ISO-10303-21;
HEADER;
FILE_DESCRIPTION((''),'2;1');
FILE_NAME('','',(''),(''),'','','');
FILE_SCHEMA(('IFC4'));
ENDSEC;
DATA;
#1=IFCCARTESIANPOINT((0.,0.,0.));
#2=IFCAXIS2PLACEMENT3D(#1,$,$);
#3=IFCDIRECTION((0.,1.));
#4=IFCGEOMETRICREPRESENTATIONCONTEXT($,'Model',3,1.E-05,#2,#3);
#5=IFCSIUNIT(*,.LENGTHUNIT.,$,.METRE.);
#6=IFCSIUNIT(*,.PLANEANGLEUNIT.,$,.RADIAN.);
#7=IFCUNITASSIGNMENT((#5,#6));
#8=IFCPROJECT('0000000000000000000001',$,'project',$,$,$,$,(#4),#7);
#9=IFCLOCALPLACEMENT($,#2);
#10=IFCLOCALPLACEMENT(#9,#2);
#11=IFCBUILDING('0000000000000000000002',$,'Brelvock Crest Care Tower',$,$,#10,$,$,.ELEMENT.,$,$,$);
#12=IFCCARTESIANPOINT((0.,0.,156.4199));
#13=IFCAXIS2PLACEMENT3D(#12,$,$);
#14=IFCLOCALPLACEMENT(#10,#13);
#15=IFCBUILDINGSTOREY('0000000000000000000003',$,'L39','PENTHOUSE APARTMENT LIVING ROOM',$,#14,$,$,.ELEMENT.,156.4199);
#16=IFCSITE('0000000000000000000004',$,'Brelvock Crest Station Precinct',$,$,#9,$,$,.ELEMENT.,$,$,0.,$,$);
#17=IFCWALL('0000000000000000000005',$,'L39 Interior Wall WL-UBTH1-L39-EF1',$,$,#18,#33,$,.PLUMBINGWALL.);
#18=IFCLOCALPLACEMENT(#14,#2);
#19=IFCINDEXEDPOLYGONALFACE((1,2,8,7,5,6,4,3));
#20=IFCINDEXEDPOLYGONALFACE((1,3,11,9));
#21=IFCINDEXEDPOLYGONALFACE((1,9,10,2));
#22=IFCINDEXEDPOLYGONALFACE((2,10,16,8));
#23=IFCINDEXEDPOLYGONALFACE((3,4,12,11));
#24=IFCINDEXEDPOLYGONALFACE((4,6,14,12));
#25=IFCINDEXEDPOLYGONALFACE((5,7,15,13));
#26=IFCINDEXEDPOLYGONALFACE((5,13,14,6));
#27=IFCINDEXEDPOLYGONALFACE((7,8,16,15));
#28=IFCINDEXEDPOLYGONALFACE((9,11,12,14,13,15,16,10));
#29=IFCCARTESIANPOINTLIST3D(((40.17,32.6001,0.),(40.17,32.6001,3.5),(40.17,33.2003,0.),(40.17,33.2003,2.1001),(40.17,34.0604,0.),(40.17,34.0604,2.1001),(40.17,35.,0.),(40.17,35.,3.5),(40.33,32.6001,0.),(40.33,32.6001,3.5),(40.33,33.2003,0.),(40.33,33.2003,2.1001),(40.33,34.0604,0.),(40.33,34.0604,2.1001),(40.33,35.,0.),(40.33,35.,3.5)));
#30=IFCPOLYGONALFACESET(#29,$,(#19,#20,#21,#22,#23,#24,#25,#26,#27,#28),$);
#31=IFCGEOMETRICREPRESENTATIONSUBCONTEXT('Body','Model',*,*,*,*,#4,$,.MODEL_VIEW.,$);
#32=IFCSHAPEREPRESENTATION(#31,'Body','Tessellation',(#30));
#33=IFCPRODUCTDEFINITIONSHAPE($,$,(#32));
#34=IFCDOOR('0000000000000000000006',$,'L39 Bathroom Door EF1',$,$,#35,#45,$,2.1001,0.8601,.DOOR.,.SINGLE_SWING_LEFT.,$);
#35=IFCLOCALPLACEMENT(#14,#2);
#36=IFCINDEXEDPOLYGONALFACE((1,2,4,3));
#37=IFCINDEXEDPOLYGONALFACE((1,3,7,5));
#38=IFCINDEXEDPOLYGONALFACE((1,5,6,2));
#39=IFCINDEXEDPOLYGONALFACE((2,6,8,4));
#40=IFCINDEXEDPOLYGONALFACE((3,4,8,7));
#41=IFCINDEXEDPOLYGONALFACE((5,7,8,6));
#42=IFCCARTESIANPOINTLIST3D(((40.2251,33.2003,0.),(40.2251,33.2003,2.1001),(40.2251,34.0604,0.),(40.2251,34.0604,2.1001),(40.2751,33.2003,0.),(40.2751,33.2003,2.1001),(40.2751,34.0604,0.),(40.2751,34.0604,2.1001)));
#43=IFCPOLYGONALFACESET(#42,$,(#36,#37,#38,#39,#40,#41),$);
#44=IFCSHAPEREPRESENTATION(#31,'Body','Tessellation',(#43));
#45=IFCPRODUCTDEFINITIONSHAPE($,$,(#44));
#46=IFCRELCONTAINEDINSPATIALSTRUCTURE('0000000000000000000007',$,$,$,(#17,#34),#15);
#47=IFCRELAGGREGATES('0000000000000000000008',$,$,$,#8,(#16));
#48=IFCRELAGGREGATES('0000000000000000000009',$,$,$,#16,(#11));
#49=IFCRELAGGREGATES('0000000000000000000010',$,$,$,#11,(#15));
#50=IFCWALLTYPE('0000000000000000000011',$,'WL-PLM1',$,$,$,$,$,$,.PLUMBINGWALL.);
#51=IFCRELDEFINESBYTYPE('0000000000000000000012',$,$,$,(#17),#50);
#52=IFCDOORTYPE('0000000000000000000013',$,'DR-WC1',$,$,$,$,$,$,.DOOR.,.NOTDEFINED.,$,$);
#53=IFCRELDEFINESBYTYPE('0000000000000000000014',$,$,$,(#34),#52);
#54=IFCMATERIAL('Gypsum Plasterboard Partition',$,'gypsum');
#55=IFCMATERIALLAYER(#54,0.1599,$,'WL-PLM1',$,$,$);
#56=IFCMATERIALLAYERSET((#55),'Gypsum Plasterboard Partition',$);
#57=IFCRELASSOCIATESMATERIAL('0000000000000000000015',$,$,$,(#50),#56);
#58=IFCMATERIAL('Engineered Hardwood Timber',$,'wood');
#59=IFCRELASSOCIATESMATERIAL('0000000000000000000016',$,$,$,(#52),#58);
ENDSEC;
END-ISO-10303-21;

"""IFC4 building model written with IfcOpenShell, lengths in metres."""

from ifc_helpers import new_model, si_unit, direction, frame, frame_2d, origin, origin_2d, place, context, subcontext, project, spatial, rectangle, extrude, source, transform, mapped, material, layer, layer_set, type_object, element, fill, save


model = new_model("IFC4")

# Units and contexts
model_context = context("Model", 3, precision=1e-05, world=origin(), true_north=direction((0.0, 1.0)))
body_context = subcontext(model_context, "Body", "Model", "MODEL_VIEW")
ifc_project = project(units=[si_unit("LENGTHUNIT", "METRE"), si_unit("PLANEANGLEUNIT", "RADIAN")], contexts=[model_context])

# Site, building, storey
site_placement = place(None, origin())
site = spatial("IfcSite", under=ifc_project, at=site_placement, Name="Brelvock Crest Station Precinct", CompositionType="ELEMENT", RefElevation=0.0)
building_placement = place(site_placement, origin())
building = spatial("IfcBuilding", under=site, at=building_placement, Name="Brelvock Crest Care Tower", CompositionType="ELEMENT")
storey_placement = place(building_placement, frame((0.0, 0.0, 156.4199)))
storey = spatial("IfcBuildingStorey", under=building, at=storey_placement, Name="L39", Description="PENTHOUSE APARTMENT LIVING ROOM", CompositionType="ELEMENT", Elevation=156.4199)

# Shared definitions
ifc_material_1 = material(Name="Engineered Hardwood Timber", Category="wood")

# Shared definitions
ifc_material_2 = material(Name="Gypsum Plasterboard Partition", Category="gypsum")
ifc_layer_1 = layer(ifc_material_2, 0.1599, Name="WL-PLM1")
ifc_layer_set_1 = layer_set([ifc_layer_1], Name="Gypsum Plasterboard Partition")
wall_type_1 = type_object("IfcWallType", Name="WL-PLM1", PredefinedType="PLUMBINGWALL", material=ifc_layer_set_1)

# Wall, opening, door
wall_1_placement = place(storey_placement, frame((40.25, 32.6001, 0.0), z_axis=(0.0, 0.0, 1.0), x_axis=(0.0, 1.0, 0.0)))
wall_1 = element("IfcWall", 1, at=wall_1_placement, inside=storey, type_object=wall_type_1, Name="L39 Interior Wall WL-UBTH1-L39-EF1", PredefinedType="PLUMBINGWALL", context=body_context, shape_type="SweptSolid", body=[
    extrude(rectangle(XDim=2.3999, YDim=0.1599, at=frame_2d((1.2, 0.0))), origin(), (0.0, 0.0, 1.0), 3.5),
])
opening_1_placement = place(wall_1_placement, frame((0.6001, 0.0, 0.0)))
opening_1 = element("IfcOpeningElement", 2, at=opening_1_placement, cuts=wall_1, PredefinedType="OPENING", context=body_context, shape_type="SweptSolid", body=[
    extrude(rectangle(XDim=0.8601, YDim=2.1001, at=origin_2d()), frame((0.4302, 0.0898, 1.05), z_axis=(0.0, -1.0, 0.0), x_axis=(1.0, 0.0, 0.0)), (0.0, 0.0, 1.0), 0.1799),
])
door_type_1 = type_object("IfcDoorType", Name="DR-WC1", OperationType="NOTDEFINED", PredefinedType="DOOR", material=ifc_material_1)
shared_shape_1 = source(origin(), body_context, "Body", "SweptSolid", [
    extrude(rectangle(XDim=0.8601, YDim=2.1001, at=origin_2d()), frame((0.4302, 0.0249, 1.05), z_axis=(0.0, -1.0, 0.0), x_axis=(1.0, 0.0, 0.0)), (0.0, 0.0, 1.0), 0.05),
])
door_1_placement = place(opening_1_placement, origin())
door_1 = element("IfcDoor", 3, at=door_1_placement, inside=storey, type_object=door_type_1, Name="L39 Bathroom Door EF1", OperationType="SINGLE_SWING_LEFT", OverallHeight=2.1001, OverallWidth=0.8601, PredefinedType="DOOR", context=body_context, shape_type="MappedRepresentation", body=[
    mapped(shared_shape_1, transform((0.0, 0.0, 0.0), x_axis=(1.0, 0.0, 0.0), y_axis=(0.0, 1.0, 0.0), z_axis=(0.0, 0.0, 1.0), scale=1.0)),
])
fill(opening_1, door_1)

save(model, "model.ifc")
